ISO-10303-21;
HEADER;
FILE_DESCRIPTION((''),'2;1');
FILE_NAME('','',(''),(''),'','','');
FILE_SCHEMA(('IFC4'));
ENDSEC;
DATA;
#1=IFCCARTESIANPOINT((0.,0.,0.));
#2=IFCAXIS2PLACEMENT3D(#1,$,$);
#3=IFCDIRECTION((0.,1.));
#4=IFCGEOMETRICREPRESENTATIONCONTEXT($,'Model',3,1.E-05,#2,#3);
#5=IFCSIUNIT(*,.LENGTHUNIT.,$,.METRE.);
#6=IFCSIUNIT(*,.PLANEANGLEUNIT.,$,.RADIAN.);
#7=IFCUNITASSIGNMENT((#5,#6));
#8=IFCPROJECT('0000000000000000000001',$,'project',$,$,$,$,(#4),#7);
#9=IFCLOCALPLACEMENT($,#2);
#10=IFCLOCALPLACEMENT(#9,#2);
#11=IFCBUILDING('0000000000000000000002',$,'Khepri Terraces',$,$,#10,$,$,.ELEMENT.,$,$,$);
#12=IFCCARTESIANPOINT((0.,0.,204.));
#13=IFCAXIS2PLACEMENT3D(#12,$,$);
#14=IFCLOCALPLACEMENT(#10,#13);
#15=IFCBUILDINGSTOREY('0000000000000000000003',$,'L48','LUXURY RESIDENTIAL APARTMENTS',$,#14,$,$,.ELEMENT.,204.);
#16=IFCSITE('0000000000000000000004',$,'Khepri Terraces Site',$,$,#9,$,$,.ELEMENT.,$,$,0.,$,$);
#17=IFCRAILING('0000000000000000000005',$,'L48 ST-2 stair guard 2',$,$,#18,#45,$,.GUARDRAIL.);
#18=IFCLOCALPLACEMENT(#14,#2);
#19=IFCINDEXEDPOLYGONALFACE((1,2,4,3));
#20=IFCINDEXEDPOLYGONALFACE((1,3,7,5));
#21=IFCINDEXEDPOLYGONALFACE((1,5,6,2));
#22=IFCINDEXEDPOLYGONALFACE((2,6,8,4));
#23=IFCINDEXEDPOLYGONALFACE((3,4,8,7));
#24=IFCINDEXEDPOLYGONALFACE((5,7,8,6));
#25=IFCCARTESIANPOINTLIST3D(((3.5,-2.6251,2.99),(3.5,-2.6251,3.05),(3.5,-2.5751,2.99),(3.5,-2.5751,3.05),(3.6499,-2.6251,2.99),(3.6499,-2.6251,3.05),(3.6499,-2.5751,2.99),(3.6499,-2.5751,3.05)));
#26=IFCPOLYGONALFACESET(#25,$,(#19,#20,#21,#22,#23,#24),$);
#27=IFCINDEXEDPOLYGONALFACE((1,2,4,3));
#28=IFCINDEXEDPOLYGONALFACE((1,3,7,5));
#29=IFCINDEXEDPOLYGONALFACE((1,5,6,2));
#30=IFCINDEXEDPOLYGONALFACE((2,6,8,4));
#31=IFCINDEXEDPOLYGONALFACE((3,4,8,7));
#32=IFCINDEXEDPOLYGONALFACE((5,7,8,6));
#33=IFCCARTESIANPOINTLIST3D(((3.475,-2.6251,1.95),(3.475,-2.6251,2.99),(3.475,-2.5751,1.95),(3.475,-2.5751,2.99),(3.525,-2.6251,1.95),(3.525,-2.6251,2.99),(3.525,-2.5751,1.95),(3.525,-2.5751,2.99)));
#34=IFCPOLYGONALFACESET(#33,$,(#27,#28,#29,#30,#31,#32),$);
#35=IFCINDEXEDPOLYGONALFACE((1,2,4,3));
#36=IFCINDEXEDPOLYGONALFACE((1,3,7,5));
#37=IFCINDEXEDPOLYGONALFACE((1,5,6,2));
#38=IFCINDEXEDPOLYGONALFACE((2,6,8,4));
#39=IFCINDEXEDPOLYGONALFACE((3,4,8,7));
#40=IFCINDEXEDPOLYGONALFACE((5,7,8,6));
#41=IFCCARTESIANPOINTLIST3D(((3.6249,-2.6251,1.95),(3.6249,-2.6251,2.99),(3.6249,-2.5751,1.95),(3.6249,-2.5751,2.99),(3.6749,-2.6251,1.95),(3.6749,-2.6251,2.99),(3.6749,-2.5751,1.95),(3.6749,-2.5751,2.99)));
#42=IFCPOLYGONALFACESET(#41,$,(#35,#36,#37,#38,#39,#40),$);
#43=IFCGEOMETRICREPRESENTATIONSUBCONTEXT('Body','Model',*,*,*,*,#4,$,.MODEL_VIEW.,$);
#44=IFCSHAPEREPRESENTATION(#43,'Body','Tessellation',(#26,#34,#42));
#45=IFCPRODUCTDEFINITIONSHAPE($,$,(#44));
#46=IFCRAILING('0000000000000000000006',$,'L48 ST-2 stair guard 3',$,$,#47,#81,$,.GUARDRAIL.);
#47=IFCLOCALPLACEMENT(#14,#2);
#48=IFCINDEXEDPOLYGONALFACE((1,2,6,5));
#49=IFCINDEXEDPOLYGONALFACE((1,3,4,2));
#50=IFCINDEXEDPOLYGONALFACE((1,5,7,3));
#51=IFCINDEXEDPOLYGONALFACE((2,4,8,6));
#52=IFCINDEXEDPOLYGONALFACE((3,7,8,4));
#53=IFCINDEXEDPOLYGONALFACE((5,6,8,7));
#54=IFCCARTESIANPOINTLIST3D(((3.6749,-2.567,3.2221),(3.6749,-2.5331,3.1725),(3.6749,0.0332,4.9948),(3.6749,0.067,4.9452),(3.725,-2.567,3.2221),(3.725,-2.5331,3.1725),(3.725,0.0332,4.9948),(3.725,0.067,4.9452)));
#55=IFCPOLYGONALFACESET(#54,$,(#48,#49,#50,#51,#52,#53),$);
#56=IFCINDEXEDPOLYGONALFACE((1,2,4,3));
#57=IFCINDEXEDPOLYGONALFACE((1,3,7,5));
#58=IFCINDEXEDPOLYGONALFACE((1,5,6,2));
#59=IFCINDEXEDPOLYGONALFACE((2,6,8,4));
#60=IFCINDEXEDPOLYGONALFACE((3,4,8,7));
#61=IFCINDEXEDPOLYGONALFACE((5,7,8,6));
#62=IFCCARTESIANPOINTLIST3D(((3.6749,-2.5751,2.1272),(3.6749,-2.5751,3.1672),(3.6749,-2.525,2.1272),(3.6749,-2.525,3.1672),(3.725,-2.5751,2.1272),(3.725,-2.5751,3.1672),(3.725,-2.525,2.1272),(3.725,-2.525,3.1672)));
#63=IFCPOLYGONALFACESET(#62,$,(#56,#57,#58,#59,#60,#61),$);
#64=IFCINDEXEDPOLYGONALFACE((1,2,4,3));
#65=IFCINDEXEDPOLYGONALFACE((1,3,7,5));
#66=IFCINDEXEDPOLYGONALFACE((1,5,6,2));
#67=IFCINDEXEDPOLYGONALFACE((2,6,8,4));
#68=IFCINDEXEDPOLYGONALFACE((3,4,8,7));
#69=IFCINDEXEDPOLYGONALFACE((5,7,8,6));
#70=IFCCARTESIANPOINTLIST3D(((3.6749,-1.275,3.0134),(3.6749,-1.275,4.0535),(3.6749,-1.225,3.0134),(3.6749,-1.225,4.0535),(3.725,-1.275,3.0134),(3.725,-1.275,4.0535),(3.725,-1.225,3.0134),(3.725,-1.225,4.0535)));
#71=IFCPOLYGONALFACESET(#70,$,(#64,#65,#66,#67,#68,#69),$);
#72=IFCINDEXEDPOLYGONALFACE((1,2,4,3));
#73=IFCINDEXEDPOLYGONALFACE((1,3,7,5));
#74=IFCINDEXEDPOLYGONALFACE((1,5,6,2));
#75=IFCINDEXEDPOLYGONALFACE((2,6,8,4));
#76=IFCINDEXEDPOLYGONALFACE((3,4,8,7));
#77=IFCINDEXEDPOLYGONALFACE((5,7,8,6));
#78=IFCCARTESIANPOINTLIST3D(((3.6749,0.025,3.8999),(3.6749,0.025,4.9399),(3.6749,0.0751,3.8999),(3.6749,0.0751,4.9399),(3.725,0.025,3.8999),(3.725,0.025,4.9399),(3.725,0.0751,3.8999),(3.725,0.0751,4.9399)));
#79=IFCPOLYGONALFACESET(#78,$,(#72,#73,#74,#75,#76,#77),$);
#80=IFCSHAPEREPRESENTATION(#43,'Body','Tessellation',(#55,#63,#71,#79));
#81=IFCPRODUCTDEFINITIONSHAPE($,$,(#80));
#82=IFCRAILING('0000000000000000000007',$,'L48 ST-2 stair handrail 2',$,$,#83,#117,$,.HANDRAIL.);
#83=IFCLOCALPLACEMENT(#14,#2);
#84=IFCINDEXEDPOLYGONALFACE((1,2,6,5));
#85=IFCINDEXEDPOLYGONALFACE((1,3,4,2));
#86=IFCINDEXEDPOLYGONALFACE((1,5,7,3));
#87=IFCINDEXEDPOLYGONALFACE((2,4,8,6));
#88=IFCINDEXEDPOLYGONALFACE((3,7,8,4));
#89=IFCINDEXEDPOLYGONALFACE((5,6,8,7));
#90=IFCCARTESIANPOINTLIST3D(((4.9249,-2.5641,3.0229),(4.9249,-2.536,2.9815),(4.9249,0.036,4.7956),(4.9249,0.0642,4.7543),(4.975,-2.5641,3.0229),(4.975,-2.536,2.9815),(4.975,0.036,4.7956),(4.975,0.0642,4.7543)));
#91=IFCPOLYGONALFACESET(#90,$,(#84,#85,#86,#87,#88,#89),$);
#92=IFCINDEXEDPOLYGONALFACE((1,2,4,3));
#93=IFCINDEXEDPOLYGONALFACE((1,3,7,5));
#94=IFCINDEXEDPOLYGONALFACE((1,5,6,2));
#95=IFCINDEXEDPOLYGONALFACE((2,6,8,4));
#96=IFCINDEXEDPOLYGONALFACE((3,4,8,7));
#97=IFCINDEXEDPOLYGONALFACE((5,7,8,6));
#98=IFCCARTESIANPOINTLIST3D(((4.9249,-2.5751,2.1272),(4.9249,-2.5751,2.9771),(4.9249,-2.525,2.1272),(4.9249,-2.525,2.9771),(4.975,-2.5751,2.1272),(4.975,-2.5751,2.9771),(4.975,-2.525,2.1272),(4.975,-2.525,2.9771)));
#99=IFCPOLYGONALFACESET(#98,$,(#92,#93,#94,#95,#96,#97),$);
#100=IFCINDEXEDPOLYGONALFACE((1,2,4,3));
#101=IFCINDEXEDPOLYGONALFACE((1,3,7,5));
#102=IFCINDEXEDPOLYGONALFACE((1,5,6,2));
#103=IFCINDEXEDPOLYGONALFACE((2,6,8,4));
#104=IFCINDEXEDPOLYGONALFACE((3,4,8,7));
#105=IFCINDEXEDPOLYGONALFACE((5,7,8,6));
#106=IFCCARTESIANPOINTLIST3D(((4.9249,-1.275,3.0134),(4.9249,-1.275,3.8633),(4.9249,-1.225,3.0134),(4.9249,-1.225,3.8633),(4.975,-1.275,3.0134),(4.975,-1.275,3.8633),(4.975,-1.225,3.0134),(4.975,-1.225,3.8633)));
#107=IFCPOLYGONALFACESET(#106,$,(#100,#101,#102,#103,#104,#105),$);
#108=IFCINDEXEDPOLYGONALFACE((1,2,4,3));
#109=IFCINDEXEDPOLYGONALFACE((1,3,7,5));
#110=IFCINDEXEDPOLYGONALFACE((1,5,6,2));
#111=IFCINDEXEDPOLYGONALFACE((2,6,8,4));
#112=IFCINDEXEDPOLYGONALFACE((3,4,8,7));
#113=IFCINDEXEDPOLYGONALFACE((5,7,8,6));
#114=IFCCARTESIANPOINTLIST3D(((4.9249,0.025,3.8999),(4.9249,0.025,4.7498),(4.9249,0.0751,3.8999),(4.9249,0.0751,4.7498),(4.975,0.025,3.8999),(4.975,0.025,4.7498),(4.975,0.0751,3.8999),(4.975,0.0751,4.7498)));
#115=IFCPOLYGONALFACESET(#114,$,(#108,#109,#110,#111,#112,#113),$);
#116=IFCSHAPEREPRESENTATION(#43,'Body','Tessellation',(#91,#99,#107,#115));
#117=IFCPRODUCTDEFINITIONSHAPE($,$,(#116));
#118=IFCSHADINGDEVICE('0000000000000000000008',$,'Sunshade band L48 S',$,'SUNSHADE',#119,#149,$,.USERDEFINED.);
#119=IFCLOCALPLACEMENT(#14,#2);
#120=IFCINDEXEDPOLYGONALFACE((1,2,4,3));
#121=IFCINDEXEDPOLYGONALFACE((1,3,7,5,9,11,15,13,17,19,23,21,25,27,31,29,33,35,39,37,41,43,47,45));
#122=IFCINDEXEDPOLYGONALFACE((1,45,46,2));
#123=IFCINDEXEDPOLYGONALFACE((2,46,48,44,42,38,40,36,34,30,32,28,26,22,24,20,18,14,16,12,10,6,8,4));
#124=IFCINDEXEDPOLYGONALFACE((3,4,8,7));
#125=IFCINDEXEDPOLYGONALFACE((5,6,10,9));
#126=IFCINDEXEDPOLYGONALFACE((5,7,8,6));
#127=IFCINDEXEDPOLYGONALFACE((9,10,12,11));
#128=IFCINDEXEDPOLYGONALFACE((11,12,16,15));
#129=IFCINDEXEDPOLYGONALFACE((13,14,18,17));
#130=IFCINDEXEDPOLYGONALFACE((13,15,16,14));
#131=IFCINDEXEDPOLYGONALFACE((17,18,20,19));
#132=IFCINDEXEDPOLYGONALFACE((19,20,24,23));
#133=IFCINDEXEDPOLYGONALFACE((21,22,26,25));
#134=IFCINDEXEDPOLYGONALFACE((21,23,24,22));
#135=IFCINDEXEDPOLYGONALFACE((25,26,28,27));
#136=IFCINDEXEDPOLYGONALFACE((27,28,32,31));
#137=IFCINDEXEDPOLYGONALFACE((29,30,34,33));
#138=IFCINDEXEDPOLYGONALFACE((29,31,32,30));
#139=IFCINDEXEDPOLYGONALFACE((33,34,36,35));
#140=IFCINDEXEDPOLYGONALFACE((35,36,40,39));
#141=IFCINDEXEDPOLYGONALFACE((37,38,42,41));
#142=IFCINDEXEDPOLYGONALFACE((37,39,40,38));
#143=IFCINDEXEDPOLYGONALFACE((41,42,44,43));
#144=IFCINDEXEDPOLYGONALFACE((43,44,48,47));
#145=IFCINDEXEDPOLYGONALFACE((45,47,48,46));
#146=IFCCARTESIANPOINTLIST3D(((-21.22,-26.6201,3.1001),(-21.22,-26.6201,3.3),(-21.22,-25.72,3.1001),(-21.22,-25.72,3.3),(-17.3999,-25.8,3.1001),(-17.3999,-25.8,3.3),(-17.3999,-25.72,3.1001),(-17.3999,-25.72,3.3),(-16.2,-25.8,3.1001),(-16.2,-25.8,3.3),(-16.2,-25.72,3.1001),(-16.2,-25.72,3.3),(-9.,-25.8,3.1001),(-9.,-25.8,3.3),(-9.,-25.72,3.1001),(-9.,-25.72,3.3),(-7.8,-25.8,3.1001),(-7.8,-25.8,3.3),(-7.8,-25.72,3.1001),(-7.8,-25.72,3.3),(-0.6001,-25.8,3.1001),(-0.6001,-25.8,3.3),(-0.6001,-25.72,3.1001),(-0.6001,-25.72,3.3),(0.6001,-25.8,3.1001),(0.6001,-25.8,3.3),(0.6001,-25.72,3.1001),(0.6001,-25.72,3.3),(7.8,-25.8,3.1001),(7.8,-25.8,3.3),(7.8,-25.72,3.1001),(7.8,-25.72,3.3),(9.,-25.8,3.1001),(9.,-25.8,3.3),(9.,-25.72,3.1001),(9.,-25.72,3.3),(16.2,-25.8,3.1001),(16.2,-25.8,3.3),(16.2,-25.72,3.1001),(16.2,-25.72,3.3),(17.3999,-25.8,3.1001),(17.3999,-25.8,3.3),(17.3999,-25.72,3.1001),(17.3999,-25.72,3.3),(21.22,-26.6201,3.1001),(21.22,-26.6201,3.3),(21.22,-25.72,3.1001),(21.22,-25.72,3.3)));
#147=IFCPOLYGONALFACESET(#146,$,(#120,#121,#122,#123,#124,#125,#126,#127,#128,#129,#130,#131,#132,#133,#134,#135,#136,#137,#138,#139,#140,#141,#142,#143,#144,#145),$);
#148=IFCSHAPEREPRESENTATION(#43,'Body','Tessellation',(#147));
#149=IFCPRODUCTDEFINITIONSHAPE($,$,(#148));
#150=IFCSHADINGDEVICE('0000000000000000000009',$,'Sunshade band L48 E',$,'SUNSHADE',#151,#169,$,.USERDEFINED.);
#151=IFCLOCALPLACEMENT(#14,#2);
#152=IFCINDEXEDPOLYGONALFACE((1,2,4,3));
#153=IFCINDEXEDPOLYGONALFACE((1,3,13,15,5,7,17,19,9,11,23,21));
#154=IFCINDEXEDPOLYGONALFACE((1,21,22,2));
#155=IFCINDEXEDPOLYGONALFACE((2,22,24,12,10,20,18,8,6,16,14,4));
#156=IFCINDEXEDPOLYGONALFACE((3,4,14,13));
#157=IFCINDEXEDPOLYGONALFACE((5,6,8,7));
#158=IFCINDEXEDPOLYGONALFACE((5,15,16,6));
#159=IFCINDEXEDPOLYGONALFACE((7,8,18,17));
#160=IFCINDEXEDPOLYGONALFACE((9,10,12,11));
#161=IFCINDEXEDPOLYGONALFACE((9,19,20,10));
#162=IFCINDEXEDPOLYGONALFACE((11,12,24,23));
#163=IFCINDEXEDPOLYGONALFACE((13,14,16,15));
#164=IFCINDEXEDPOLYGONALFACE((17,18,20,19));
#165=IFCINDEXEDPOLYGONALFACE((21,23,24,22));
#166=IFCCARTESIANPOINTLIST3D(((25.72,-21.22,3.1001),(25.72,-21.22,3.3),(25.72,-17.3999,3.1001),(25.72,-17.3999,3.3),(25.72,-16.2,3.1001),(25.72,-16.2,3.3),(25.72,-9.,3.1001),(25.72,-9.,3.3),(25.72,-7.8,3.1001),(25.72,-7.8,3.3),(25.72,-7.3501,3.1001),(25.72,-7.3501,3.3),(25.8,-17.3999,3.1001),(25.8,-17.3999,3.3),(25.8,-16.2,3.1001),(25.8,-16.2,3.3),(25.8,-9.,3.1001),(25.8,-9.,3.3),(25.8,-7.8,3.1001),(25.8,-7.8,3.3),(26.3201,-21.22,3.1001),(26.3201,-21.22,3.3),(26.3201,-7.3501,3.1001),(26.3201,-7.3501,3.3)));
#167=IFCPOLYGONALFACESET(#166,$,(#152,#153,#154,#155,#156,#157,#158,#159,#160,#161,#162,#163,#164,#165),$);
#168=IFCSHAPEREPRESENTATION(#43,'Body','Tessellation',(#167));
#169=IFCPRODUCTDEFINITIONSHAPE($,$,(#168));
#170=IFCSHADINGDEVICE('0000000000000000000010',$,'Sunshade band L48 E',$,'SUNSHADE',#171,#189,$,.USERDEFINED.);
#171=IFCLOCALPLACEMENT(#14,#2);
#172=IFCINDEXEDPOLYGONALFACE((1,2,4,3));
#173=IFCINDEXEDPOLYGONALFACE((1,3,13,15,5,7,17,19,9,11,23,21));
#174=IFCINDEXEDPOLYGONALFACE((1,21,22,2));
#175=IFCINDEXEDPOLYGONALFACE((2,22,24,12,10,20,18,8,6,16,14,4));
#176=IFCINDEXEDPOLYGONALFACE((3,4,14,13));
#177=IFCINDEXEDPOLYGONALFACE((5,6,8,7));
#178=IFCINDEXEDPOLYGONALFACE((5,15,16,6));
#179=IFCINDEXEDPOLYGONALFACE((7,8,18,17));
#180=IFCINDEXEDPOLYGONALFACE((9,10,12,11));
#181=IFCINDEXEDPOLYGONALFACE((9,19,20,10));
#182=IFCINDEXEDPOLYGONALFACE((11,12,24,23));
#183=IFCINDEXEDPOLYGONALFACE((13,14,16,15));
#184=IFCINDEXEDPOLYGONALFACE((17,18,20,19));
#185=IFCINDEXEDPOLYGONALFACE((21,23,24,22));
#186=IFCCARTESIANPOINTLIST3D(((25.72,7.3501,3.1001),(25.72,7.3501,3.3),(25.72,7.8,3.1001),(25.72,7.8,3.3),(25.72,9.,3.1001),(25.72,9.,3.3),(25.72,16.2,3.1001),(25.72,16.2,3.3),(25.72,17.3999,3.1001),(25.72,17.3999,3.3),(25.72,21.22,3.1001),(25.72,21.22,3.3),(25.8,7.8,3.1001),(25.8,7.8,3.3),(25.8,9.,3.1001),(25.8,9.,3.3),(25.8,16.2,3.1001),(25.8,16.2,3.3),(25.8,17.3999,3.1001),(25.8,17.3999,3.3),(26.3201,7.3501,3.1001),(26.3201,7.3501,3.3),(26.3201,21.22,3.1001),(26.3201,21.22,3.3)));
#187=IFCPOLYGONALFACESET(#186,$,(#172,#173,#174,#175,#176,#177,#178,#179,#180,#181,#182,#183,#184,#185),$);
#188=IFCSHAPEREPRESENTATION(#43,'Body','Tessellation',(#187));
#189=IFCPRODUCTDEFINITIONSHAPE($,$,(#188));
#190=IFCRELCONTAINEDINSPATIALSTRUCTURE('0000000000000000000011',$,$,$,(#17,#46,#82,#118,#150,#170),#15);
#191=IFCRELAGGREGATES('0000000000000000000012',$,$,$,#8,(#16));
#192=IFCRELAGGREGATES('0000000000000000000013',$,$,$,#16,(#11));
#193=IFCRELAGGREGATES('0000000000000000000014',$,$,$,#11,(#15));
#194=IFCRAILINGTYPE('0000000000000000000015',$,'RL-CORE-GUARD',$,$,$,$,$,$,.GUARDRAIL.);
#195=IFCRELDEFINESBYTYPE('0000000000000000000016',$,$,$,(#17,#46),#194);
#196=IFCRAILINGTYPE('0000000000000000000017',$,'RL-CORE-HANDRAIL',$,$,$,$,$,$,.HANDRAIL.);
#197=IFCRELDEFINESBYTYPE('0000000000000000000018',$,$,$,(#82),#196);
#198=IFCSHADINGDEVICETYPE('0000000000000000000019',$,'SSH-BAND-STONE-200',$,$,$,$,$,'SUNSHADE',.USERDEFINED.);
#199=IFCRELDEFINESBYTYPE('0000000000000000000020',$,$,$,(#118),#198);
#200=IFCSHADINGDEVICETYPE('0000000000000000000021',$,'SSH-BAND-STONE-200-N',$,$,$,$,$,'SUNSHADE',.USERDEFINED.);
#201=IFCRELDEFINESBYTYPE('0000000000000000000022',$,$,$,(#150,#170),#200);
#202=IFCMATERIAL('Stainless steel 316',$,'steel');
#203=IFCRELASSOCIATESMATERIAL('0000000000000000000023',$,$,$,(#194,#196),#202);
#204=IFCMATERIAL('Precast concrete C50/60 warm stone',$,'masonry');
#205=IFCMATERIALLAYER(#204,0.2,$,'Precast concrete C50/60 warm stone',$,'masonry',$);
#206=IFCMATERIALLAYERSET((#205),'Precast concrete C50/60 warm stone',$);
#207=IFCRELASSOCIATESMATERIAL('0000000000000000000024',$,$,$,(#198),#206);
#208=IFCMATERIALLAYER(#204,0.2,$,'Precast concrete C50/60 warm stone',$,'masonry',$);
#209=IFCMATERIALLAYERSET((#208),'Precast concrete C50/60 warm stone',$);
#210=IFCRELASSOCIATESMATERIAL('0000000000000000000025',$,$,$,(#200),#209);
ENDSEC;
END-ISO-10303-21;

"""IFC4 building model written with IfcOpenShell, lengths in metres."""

from ifc_helpers import new_model, si_unit, direction, frame, origin, origin_2d, place, context, subcontext, project, spatial, polyline, rectangle, outline, extrude, material, layer, layer_set, type_object, element, save


model = new_model("IFC4")

# Units and contexts
model_context = context("Model", 3, precision=1e-05, world=origin(), true_north=direction((0.0, 1.0)))
body_context = subcontext(model_context, "Body", "Model", "MODEL_VIEW")
ifc_project = project(units=[si_unit("LENGTHUNIT", "METRE"), si_unit("PLANEANGLEUNIT", "RADIAN")], contexts=[model_context])

# Site, building, storey
site_placement = place(None, origin())
site = spatial("IfcSite", under=ifc_project, at=site_placement, Name="Khepri Terraces Site", CompositionType="ELEMENT", RefElevation=0.0)
building_placement = place(site_placement, origin())
building = spatial("IfcBuilding", under=site, at=building_placement, Name="Khepri Terraces", CompositionType="ELEMENT")
storey_placement = place(building_placement, frame((0.0, 0.0, 204.0)))
storey = spatial("IfcBuildingStorey", under=building, at=storey_placement, Name="L48", Description="LUXURY RESIDENTIAL APARTMENTS", CompositionType="ELEMENT", Elevation=204.0)

# Shared definitions
ifc_material_1 = material(Name="Precast concrete C50/60 warm stone", Category="masonry")

# Railings
ifc_material_2 = material(Name="Stainless steel 316", Category="steel")
railing_type_1 = type_object("IfcRailingType", Name="RL-CORE-GUARD", PredefinedType="GUARDRAIL", material=ifc_material_2)
railing_1_placement = place(storey_placement, frame((3.5, -2.6001, 1.95)))
element("IfcRailing", 1, at=railing_1_placement, inside=storey, type_object=railing_type_1, Name="L48 ST-2 stair guard 2", PredefinedType="GUARDRAIL", context=body_context, shape_type="SweptSolid", body=[
    extrude(rectangle(XDim=0.05, YDim=0.0601, at=origin_2d()), frame((0.0, 0.0, 1.0701), z_axis=(1.0, 0.0, 0.0), x_axis=(0.0, 1.0, 0.0)), (0.0, 0.0, 1.0), 0.1499),
    extrude(rectangle(XDim=0.05, YDim=0.05, at=origin_2d()), origin(), (0.0, 0.0, 1.0), 1.04),
    extrude(rectangle(XDim=0.05, YDim=0.05, at=origin_2d()), frame((0.1499, 0.0, 0.0)), (0.0, 0.0, 1.0), 1.04),
])
railing_2_placement = place(storey_placement, frame((3.7, -2.55, 2.1272)))
element("IfcRailing", 2, at=railing_2_placement, inside=storey, type_object=railing_type_1, Name="L48 ST-2 stair guard 3", PredefinedType="GUARDRAIL", context=body_context, shape_type="SweptSolid", body=[
    extrude(rectangle(XDim=0.05, YDim=0.0601, at=origin_2d()), frame((0.0, 0.0, 1.0701), z_axis=(0.0, 0.82624, 0.563318), x_axis=(-1.0, 0.0, 0.0)), (0.0, 0.0, 1.0), 3.147),
    extrude(rectangle(XDim=0.05, YDim=0.05, at=origin_2d()), origin(), (0.0, 0.0, 1.0), 1.04),
    extrude(rectangle(XDim=0.05, YDim=0.05, at=origin_2d()), frame((0.0, 1.3, 0.8862)), (0.0, 0.0, 1.0), 1.04),
    extrude(rectangle(XDim=0.05, YDim=0.05, at=origin_2d()), frame((0.0, 2.6001, 1.7727)), (0.0, 0.0, 1.0), 1.04),
])
railing_type_2 = type_object("IfcRailingType", Name="RL-CORE-HANDRAIL", PredefinedType="HANDRAIL", material=ifc_material_2)
railing_3_placement = place(storey_placement, frame((4.95, -2.55, 2.1272)))
element("IfcRailing", 3, at=railing_3_placement, inside=storey, type_object=railing_type_2, Name="L48 ST-2 stair handrail 2", PredefinedType="HANDRAIL", context=body_context, shape_type="SweptSolid", body=[
    extrude(rectangle(XDim=0.05, YDim=0.05, at=origin_2d()), frame((0.0, 0.0, 0.875), z_axis=(0.0, 0.82624, 0.563318), x_axis=(-1.0, 0.0, 0.0)), (0.0, 0.0, 1.0), 3.147),
    extrude(rectangle(XDim=0.05, YDim=0.05, at=origin_2d()), origin(), (0.0, 0.0, 1.0), 0.8499),
    extrude(rectangle(XDim=0.05, YDim=0.05, at=origin_2d()), frame((0.0, 1.3, 0.8862)), (0.0, 0.0, 1.0), 0.8499),
    extrude(rectangle(XDim=0.05, YDim=0.05, at=origin_2d()), frame((0.0, 2.6001, 1.7727)), (0.0, 0.0, 1.0), 0.8499),
])

# Shading devices
ifc_layer_1 = layer(ifc_material_1, 0.2, Name="Precast concrete C50/60 warm stone", Category="masonry")
ifc_layer_set_1 = layer_set([ifc_layer_1], Name="Precast concrete C50/60 warm stone")
shading_device_type_1 = type_object("IfcShadingDeviceType", Name="SSH-BAND-STONE-200", ElementType="SUNSHADE", PredefinedType="USERDEFINED", material=ifc_layer_set_1)
shading_device_1_placement = place(storey_placement, frame((0.0, 0.0, 3.1001)))
element("IfcShadingDevice", 4, at=shading_device_1_placement, inside=storey, type_object=shading_device_type_1, Name="Sunshade band L48 S", ObjectType="SUNSHADE", PredefinedType="USERDEFINED", context=body_context, shape_type="SweptSolid", body=[
    extrude(outline(polyline([(-17.3999, -25.72), (-21.22, -25.72), (-21.22, -26.6201), (21.22, -26.6201), (21.22, -25.72), (17.3999, -25.72), (17.3999, -25.8), (16.2, -25.8), (16.2, -25.72), (9.0, -25.72), (9.0, -25.8), (7.8, -25.8), (7.8, -25.72), (0.6001, -25.72), (0.6001, -25.8), (-0.6001, -25.8), (-0.6001, -25.72), (-7.8, -25.72), (-7.8, -25.8), (-9.0, -25.8), (-9.0, -25.72), (-16.2, -25.72), (-16.2, -25.8), (-17.3999, -25.8), (-17.3999, -25.72)])), origin(), (0.0, 0.0, 1.0), 0.2),
])
ifc_layer_2 = layer(ifc_material_1, 0.2, Name="Precast concrete C50/60 warm stone", Category="masonry")
ifc_layer_set_2 = layer_set([ifc_layer_2], Name="Precast concrete C50/60 warm stone")
shading_device_type_2 = type_object("IfcShadingDeviceType", Name="SSH-BAND-STONE-200-N", ElementType="SUNSHADE", PredefinedType="USERDEFINED", material=ifc_layer_set_2)
shading_device_2_placement = place(storey_placement, frame((0.0, 0.0, 3.1001)))
element("IfcShadingDevice", 5, at=shading_device_2_placement, inside=storey, type_object=shading_device_type_2, Name="Sunshade band L48 E", ObjectType="SUNSHADE", PredefinedType="USERDEFINED", context=body_context, shape_type="SweptSolid", body=[
    extrude(outline(polyline([(25.72, -17.3999), (25.72, -21.22), (26.3201, -21.22), (26.3201, -7.3501), (25.72, -7.3501), (25.72, -7.8), (25.8, -7.8), (25.8, -9.0), (25.72, -9.0), (25.72, -16.2), (25.8, -16.2), (25.8, -17.3999), (25.72, -17.3999)])), origin(), (0.0, 0.0, 1.0), 0.2),
])
shading_device_3_placement = place(storey_placement, frame((0.0, 0.0, 3.1001)))
element("IfcShadingDevice", 6, at=shading_device_3_placement, inside=storey, type_object=shading_device_type_2, Name="Sunshade band L48 E", ObjectType="SUNSHADE", PredefinedType="USERDEFINED", context=body_context, shape_type="SweptSolid", body=[
    extrude(outline(polyline([(25.72, 7.8), (25.72, 7.3501), (26.3201, 7.3501), (26.3201, 21.22), (25.72, 21.22), (25.72, 17.3999), (25.8, 17.3999), (25.8, 16.2), (25.72, 16.2), (25.72, 9.0), (25.8, 9.0), (25.8, 7.8), (25.72, 7.8)])), origin(), (0.0, 0.0, 1.0), 0.2),
])

save(model, "model.ifc")
